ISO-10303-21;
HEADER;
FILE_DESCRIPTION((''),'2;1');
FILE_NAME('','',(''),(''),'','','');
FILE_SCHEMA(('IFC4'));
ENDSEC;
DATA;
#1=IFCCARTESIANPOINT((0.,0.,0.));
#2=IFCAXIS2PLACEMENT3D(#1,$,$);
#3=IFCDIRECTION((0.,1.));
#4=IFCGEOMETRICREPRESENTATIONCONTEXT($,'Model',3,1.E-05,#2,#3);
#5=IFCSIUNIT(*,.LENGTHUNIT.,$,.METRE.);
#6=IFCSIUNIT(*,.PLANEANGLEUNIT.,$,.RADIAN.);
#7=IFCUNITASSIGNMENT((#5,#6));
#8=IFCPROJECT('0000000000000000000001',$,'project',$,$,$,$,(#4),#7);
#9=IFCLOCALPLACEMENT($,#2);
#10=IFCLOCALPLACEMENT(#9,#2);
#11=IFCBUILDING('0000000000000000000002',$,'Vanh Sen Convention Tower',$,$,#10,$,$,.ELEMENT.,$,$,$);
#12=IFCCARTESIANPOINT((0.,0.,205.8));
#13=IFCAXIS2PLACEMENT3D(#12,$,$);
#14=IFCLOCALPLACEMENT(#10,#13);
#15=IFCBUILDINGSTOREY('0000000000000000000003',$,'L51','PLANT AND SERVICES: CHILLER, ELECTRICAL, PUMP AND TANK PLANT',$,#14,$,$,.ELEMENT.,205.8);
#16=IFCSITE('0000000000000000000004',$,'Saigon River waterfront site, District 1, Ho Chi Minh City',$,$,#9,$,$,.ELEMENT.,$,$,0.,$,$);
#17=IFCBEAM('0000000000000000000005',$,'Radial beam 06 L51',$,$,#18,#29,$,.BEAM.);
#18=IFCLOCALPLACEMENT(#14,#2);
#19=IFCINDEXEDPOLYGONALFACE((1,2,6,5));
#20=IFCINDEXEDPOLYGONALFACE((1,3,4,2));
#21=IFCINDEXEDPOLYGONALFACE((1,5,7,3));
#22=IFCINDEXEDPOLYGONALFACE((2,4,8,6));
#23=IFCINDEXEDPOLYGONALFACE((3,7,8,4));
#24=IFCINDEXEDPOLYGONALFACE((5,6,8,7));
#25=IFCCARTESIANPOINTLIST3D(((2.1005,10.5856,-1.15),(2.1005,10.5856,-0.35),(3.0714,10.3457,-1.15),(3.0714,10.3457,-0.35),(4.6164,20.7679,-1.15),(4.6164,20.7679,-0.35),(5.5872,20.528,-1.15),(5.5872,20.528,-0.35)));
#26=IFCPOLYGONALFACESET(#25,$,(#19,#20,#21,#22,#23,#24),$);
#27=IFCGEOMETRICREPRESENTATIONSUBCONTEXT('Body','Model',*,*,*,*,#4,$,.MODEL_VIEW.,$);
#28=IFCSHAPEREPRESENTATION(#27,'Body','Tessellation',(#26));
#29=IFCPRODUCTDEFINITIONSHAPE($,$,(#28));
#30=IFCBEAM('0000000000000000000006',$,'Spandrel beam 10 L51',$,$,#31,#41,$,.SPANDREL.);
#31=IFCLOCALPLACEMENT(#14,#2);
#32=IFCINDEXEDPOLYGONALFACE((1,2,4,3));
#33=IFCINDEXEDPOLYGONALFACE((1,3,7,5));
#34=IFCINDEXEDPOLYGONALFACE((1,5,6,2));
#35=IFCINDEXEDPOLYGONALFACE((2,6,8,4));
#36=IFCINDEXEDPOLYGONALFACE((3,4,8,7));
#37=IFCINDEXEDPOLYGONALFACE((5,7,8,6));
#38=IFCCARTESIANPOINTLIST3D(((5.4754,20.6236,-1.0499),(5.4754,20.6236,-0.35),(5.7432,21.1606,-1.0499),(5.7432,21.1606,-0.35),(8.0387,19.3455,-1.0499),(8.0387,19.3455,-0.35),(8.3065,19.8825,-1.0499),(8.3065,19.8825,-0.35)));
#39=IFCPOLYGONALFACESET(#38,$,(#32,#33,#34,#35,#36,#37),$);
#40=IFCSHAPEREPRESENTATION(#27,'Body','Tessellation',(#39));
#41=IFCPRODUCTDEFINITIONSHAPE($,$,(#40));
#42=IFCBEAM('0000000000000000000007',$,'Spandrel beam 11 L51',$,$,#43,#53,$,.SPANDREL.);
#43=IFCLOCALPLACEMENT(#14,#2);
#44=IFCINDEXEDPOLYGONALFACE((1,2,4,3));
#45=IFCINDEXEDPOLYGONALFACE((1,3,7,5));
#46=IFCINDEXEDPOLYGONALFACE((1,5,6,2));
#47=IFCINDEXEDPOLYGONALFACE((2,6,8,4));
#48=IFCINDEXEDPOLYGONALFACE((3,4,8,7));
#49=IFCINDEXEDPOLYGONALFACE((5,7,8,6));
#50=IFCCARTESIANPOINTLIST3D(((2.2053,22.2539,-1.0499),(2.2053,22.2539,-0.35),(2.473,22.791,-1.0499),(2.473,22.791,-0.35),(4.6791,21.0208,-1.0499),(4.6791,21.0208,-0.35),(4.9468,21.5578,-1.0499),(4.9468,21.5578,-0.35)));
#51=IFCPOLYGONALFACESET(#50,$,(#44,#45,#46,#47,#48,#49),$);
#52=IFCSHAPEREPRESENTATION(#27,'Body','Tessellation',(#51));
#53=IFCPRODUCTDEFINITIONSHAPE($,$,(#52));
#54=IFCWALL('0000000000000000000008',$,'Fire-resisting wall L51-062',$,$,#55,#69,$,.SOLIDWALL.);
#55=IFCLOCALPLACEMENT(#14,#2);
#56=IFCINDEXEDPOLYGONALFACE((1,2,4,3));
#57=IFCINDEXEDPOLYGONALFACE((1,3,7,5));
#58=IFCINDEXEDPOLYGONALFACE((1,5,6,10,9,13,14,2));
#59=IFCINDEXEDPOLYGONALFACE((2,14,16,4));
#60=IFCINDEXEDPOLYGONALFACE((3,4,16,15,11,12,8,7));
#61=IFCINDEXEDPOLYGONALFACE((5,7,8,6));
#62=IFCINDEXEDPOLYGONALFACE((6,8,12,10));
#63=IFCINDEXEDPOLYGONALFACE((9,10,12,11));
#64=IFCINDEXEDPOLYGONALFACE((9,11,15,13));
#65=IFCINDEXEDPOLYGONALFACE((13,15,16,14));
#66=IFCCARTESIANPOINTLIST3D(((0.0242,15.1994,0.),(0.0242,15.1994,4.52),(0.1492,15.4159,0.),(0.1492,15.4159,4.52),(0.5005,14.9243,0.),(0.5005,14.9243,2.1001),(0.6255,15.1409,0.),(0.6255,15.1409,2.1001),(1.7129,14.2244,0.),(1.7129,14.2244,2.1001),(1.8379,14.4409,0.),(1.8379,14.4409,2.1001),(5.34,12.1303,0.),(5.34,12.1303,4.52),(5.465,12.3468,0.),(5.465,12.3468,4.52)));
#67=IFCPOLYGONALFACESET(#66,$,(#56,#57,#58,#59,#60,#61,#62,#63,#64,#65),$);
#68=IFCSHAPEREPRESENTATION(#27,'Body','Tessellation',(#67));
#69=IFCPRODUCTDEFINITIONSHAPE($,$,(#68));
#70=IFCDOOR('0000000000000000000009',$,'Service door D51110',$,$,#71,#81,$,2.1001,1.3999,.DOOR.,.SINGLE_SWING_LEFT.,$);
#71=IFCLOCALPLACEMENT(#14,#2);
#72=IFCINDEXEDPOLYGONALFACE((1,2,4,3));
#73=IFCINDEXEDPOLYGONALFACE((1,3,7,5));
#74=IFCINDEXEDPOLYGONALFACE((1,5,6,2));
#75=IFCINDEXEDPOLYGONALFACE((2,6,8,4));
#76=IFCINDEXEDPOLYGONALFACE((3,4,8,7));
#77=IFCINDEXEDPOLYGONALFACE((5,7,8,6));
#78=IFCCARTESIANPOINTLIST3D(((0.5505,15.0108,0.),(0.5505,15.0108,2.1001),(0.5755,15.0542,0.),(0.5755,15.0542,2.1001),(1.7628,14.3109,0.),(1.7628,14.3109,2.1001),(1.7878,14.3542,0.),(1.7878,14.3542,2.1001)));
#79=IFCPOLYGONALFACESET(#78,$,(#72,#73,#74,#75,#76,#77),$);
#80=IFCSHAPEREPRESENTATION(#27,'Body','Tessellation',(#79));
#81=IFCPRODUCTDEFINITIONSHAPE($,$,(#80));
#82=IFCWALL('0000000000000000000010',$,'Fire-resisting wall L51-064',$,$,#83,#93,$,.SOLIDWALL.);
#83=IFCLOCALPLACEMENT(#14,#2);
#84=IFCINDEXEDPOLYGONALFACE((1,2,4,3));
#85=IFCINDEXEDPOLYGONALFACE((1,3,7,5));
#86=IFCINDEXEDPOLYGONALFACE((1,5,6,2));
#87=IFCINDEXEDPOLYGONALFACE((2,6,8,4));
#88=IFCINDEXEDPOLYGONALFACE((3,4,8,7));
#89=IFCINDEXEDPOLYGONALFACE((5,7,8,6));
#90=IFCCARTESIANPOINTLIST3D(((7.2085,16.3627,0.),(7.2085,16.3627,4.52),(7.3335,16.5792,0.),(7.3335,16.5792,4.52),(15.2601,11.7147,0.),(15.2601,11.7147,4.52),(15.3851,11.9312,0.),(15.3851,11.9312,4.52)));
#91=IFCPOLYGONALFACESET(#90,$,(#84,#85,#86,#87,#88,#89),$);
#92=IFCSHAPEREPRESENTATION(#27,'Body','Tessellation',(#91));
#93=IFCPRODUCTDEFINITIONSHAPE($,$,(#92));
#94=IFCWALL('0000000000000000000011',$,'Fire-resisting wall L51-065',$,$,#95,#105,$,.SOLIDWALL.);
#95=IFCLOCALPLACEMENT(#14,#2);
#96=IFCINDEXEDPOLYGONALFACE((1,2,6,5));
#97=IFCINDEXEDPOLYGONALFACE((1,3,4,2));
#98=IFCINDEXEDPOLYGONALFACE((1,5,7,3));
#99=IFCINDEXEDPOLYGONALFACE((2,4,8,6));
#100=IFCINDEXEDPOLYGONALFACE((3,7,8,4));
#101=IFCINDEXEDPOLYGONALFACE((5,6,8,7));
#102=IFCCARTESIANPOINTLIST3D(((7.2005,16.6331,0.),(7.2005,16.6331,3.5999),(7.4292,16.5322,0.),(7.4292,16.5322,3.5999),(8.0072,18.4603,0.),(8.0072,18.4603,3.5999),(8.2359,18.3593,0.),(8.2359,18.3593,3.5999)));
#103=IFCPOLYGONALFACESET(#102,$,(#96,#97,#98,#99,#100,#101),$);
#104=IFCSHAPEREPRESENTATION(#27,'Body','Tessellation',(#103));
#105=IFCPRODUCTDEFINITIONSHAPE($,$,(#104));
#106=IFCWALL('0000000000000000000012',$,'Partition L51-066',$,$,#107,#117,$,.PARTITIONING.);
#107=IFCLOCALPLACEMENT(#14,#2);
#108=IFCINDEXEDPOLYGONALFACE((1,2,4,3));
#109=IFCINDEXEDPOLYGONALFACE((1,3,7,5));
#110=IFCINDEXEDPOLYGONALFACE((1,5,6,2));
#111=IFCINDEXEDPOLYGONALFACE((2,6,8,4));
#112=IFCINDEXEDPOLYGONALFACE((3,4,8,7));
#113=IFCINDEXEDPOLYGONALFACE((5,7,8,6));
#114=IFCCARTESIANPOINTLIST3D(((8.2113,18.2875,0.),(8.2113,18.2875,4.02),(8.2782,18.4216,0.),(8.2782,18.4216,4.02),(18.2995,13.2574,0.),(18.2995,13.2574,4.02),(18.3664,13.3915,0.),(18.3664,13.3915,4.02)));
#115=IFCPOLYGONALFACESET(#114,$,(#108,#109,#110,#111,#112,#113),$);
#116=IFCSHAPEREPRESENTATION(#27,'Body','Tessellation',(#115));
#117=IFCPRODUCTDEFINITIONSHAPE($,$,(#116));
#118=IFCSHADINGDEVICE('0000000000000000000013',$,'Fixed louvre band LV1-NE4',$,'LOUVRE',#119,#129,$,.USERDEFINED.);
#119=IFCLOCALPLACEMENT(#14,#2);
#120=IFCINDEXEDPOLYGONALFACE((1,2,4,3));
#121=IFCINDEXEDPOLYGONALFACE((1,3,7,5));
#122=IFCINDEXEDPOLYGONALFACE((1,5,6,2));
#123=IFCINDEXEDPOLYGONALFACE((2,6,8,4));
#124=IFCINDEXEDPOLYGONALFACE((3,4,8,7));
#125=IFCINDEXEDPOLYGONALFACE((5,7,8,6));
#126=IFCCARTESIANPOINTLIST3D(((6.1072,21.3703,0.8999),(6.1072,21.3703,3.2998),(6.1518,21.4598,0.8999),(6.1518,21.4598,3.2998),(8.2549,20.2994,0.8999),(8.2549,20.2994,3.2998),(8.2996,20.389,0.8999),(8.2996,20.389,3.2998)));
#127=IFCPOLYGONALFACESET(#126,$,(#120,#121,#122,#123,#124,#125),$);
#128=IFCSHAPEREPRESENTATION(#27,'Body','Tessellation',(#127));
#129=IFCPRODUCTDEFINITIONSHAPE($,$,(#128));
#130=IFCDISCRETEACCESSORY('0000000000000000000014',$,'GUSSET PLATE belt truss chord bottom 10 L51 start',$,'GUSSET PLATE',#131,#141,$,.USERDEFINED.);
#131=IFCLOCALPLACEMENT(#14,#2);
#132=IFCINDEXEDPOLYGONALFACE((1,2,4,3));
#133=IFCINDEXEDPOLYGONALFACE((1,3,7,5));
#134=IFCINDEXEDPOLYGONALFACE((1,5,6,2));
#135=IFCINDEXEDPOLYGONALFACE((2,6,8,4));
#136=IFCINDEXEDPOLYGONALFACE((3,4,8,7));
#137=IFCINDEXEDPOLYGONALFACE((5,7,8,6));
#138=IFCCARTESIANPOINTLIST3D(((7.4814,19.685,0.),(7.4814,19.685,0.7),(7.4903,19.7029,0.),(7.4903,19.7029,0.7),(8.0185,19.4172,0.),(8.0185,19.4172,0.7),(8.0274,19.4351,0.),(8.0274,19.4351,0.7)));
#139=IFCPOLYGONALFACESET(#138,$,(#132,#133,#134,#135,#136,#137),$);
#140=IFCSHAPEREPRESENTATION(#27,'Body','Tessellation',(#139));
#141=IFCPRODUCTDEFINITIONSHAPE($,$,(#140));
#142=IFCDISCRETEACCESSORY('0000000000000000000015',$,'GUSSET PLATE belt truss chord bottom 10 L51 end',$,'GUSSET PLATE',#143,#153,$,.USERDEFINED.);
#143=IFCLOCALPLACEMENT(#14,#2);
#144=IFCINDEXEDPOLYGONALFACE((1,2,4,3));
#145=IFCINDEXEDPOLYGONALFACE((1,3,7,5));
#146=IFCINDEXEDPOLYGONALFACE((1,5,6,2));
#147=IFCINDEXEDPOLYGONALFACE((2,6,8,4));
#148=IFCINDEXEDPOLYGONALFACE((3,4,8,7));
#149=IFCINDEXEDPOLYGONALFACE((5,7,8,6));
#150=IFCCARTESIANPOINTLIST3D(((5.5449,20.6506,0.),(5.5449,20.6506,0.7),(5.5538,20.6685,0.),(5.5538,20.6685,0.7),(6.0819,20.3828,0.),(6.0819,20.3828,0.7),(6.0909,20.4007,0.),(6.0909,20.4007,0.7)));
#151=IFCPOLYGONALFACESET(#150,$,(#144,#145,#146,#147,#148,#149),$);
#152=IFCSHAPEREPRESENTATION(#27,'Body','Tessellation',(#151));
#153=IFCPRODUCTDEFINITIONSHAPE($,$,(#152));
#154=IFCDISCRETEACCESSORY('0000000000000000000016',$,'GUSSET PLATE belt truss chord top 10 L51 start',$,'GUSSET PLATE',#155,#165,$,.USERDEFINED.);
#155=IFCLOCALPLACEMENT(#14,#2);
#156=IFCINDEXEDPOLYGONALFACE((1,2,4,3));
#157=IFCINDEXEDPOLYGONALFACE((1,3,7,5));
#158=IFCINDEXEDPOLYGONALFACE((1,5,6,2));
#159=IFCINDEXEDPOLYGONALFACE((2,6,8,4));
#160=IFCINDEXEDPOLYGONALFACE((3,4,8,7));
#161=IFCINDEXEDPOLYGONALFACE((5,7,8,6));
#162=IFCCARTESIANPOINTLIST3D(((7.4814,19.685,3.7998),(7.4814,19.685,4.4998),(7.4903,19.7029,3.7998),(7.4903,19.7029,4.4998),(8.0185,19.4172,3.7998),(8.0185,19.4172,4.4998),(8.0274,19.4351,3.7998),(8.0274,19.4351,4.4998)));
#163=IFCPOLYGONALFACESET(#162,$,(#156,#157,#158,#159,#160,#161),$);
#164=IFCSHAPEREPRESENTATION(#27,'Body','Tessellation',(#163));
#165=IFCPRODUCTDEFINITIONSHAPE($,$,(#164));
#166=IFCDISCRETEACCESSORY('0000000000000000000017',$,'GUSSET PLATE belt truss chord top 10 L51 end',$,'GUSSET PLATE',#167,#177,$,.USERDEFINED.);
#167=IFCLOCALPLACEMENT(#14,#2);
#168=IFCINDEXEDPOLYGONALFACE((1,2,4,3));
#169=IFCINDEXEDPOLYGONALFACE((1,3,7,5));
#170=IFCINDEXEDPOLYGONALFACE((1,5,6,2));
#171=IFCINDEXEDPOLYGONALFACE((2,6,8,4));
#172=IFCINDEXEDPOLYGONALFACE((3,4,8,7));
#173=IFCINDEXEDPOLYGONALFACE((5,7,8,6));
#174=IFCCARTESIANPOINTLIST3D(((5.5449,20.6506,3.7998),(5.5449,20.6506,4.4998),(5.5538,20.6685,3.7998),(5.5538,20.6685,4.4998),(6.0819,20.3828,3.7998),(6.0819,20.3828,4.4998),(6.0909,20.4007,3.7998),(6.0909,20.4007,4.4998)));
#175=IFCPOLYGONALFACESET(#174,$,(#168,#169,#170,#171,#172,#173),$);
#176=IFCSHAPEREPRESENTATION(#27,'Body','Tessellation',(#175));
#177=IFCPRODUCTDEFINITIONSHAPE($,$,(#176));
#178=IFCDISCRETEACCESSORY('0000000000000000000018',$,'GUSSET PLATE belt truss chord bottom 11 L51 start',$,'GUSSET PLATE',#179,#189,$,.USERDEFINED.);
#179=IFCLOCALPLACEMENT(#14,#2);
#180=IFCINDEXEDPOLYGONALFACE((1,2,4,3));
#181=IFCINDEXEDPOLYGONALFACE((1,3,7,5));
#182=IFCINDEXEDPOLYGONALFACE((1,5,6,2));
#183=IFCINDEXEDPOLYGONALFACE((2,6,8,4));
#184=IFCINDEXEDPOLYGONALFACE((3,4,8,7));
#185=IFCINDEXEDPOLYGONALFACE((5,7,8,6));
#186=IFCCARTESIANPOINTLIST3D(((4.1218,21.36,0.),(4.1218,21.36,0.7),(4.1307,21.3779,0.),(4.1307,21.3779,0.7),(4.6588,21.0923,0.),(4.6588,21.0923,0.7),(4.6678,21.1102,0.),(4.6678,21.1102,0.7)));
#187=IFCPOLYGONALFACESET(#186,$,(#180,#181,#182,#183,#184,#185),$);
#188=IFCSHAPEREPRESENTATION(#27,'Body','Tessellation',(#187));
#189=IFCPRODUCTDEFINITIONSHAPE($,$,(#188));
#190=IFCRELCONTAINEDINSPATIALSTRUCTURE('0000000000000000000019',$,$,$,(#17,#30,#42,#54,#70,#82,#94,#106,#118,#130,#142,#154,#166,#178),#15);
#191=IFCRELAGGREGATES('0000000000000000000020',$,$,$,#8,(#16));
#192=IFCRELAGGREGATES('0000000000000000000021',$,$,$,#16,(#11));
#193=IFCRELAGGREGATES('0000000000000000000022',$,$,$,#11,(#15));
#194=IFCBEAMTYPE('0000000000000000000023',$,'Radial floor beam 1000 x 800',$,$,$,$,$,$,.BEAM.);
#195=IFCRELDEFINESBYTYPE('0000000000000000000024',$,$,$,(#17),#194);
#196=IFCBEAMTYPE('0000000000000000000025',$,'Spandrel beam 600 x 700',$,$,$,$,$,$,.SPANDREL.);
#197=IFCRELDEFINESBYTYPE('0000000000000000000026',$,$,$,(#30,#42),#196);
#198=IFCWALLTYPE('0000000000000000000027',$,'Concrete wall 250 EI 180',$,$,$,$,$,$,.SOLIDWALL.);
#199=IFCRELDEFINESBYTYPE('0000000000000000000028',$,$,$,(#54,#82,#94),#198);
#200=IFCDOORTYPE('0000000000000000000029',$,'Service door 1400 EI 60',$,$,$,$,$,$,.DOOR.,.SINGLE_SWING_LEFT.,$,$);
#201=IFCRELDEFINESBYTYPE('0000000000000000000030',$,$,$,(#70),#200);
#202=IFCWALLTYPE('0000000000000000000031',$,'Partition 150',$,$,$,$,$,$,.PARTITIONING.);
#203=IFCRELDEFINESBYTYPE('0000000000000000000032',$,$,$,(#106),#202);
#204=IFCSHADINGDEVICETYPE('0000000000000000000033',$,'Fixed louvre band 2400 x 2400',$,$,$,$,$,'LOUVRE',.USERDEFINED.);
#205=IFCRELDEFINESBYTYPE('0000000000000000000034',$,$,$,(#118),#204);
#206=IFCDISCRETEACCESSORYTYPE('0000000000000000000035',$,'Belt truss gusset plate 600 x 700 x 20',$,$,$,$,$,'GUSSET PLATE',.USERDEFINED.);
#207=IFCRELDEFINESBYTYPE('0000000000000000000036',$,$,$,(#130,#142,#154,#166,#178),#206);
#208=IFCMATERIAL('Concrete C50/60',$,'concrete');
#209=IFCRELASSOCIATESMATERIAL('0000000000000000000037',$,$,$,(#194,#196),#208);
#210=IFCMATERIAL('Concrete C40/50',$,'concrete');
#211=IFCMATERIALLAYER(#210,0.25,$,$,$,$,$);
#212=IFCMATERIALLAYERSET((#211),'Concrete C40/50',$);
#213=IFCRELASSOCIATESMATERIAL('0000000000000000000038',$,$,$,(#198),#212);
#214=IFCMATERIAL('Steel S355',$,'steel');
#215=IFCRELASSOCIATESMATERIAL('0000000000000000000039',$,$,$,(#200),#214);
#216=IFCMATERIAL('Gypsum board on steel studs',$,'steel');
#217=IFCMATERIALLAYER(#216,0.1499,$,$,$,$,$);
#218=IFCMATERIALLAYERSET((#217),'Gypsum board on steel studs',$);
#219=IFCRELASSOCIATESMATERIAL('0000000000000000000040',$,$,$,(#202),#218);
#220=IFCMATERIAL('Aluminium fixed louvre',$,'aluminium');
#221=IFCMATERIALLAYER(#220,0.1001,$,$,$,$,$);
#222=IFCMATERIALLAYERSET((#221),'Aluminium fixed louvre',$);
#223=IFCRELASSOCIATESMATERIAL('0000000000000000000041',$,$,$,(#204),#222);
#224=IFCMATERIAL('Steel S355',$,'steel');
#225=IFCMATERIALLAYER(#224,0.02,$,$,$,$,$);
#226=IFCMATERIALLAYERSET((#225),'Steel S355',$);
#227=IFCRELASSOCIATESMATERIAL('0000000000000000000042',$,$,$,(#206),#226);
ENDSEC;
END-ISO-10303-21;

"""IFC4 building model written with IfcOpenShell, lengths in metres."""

from ifc_helpers import new_model, si_unit, direction, frame, frame_2d, origin, origin_2d, place, context, subcontext, project, spatial, rectangle, extrude, material, layer, layer_set, material_profile, profile_set, type_object, element, fill, save


model = new_model("IFC4")

# Units and contexts
model_context = context("Model", 3, precision=1e-05, world=origin(), true_north=direction((0.0, 1.0)))
body_context = subcontext(model_context, "Body", "Model", "MODEL_VIEW")
ifc_project = project(units=[si_unit("LENGTHUNIT", "METRE"), si_unit("PLANEANGLEUNIT", "RADIAN")], contexts=[model_context])

# Site, building, storey
site_placement = place(None, origin())
site = spatial("IfcSite", under=ifc_project, at=site_placement, Name="Saigon River waterfront site, District 1, Ho Chi Minh City", CompositionType="ELEMENT", RefElevation=0.0)
building_placement = place(site_placement, origin())
building = spatial("IfcBuilding", under=site, at=building_placement, Name="Vanh Sen Convention Tower", CompositionType="ELEMENT")
storey_placement = place(building_placement, frame((0.0, 0.0, 205.8)))
storey = spatial("IfcBuildingStorey", under=building, at=storey_placement, Name="L51", Description="PLANT AND SERVICES: CHILLER, ELECTRICAL, PUMP AND TANK PLANT", CompositionType="ELEMENT", Elevation=205.8)

# Shared definitions
ifc_material_1 = material(Name="Steel S355", Category="steel")

# Beams
ifc_material_2 = material(Name="Concrete C50/60", Category="concrete")
ifc_material_profile_1 = material_profile(ifc_material_2, rectangle(XDim=1.0, YDim=0.8, at=origin_2d()), Name="RC 1000X800")
ifc_profile_set_1 = profile_set([ifc_material_profile_1], Name="Concrete C50/60")
beam_type_1 = type_object("IfcBeamType", Name="Radial floor beam 1000 x 800", PredefinedType="BEAM", material=ifc_profile_set_1)
beam_1_placement = place(storey_placement, frame((5.1018, 20.6479, -0.75), z_axis=(-0.239867, -0.970806, 0.0), x_axis=(0.970806, -0.239867, 0.0)))
element("IfcBeam", 1, at=beam_1_placement, inside=storey, type_object=beam_type_1, Name="Radial beam 06 L51", PredefinedType="BEAM", context=body_context, shape_type="SweptSolid", body=[
    extrude(rectangle(XDim=1.0, YDim=0.8, at=origin_2d()), origin(), (0.0, 0.0, 1.0), 10.4885),
])
ifc_material_profile_2 = material_profile(ifc_material_2, rectangle(XDim=0.6001, YDim=0.7, at=origin_2d()), Name="RC 600X700")
ifc_profile_set_2 = profile_set([ifc_material_profile_2], Name="Concrete C50/60")
beam_type_2 = type_object("IfcBeamType", Name="Spandrel beam 600 x 700", PredefinedType="SPANDREL", material=ifc_profile_set_2)
beam_2_placement = place(storey_placement, frame((8.1726, 19.614, -0.7), z_axis=(-0.894921, 0.446225, 0.0), x_axis=(-0.446225, -0.894921, 0.0)))
element("IfcBeam", 2, at=beam_2_placement, inside=storey, type_object=beam_type_2, Name="Spandrel beam 10 L51", PredefinedType="SPANDREL", context=body_context, shape_type="SweptSolid", body=[
    extrude(rectangle(XDim=0.6001, YDim=0.7, at=origin_2d()), origin(), (0.0, 0.0, 1.0), 2.8643),
])
beam_3_placement = place(storey_placement, frame((4.813, 21.2893, -0.7), z_axis=(-0.894974, 0.446118, 0.0), x_axis=(-0.446118, -0.894974, 0.0)))
element("IfcBeam", 3, at=beam_3_placement, inside=storey, type_object=beam_type_2, Name="Spandrel beam 11 L51", PredefinedType="SPANDREL", context=body_context, shape_type="SweptSolid", body=[
    extrude(rectangle(XDim=0.6001, YDim=0.7, at=origin_2d()), origin(), (0.0, 0.0, 1.0), 2.7642),
])

# Wall, opening, door
ifc_material_3 = material(Name="Concrete C40/50", Category="concrete")
ifc_layer_1 = layer(ifc_material_3, 0.25)
ifc_layer_set_1 = layer_set([ifc_layer_1], Name="Concrete C40/50")
wall_type_1 = type_object("IfcWallType", Name="Concrete wall 250 EI 180", PredefinedType="SOLIDWALL", material=ifc_layer_set_1)
wall_1_placement = place(storey_placement, frame((0.0867, 15.3076, 0.0), z_axis=(0.0, 0.0, 1.0), x_axis=(0.866029, -0.499993, 0.0)))
wall_1 = element("IfcWall", 4, at=wall_1_placement, inside=storey, type_object=wall_type_1, Name="Fire-resisting wall L51-062", PredefinedType="SOLIDWALL", context=body_context, shape_type="SweptSolid", body=[
    extrude(rectangle(XDim=6.1382, YDim=0.25, at=frame_2d((3.0691, 0.0))), origin(), (0.0, 0.0, 1.0), 4.52),
])
opening_placement = place(wall_1_placement, frame((0.55, 0.0, 0.0)))
opening = element("IfcOpeningElement", 5, at=opening_placement, cuts=wall_1, PredefinedType="OPENING", context=body_context, shape_type="SweptSolid", body=[
    extrude(rectangle(XDim=1.3999, YDim=2.1001, at=frame_2d((0.7, 1.05))), frame((0.0, 0.135, 0.0), z_axis=(0.0, -1.0, 0.0), x_axis=(1.0, 0.0, 0.0)), (0.0, 0.0, 1.0), 0.27),
])
ifc_material_4 = material(Name="Steel S355", Category="steel")
door_type = type_object("IfcDoorType", Name="Service door 1400 EI 60", OperationType="SINGLE_SWING_LEFT", PredefinedType="DOOR", material=ifc_material_4)
door_placement = place(opening_placement, origin())
door = element("IfcDoor", 6, at=door_placement, inside=storey, type_object=door_type, Name="Service door D51110", OperationType="SINGLE_SWING_LEFT", OverallHeight=2.1001, OverallWidth=1.3999, PredefinedType="DOOR", context=body_context, shape_type="SweptSolid", body=[
    extrude(rectangle(XDim=1.3999, YDim=2.1001, at=frame_2d((0.7, 1.05))), frame((0.0, 0.0249, 0.0), z_axis=(0.0, -1.0, 0.0), x_axis=(1.0, 0.0, 0.0)), (0.0, 0.0, 1.0), 0.05),
])
fill(opening, door)

# Walls
wall_2_placement = place(storey_placement, frame((7.271, 16.4709, 0.0), z_axis=(0.0, 0.0, 1.0), x_axis=(0.866053, -0.499952, 0.0)))
element("IfcWall", 7, at=wall_2_placement, inside=storey, type_object=wall_type_1, Name="Fire-resisting wall L51-064", PredefinedType="SOLIDWALL", context=body_context, shape_type="SweptSolid", body=[
    extrude(rectangle(XDim=9.2969, YDim=0.25, at=frame_2d((4.6484, 0.0))), origin(), (0.0, 0.0, 1.0), 4.52),
])
wall_3_placement = place(storey_placement, frame((7.3149, 16.5828, 0.0), z_axis=(0.0, 0.0, 1.0), x_axis=(0.403869, 0.914817, 0.0)))
element("IfcWall", 8, at=wall_3_placement, inside=storey, type_object=wall_type_1, Name="Fire-resisting wall L51-065", PredefinedType="SOLIDWALL", context=body_context, shape_type="SweptSolid", body=[
    extrude(rectangle(XDim=1.9973, YDim=0.25, at=frame_2d((0.9985, 0.0))), origin(), (0.0, 0.0, 1.0), 3.5999),
])
ifc_material_5 = material(Name="Gypsum board on steel studs", Category="steel")
ifc_layer_2 = layer(ifc_material_5, 0.1499)
ifc_layer_set_2 = layer_set([ifc_layer_2], Name="Gypsum board on steel studs")
wall_type_2 = type_object("IfcWallType", Name="Partition 150", PredefinedType="PARTITIONING", material=ifc_layer_set_2)
wall_4_placement = place(storey_placement, frame((8.2449, 18.3545, 0.0), z_axis=(0.0, 0.0, 1.0), x_axis=(0.894925, -0.446217, 0.0)))
element("IfcWall", 9, at=wall_4_placement, inside=storey, type_object=wall_type_2, Name="Partition L51-066", PredefinedType="PARTITIONING", context=body_context, shape_type="SweptSolid", body=[
    extrude(rectangle(XDim=11.2727, YDim=0.1499, at=frame_2d((5.6362, 0.0))), origin(), (0.0, 0.0, 1.0), 4.02),
])

# Shading device
ifc_material_6 = material(Name="Aluminium fixed louvre", Category="aluminium")
ifc_layer_3 = layer(ifc_material_6, 0.1001)
ifc_layer_set_3 = layer_set([ifc_layer_3], Name="Aluminium fixed louvre")
shading_device_type = type_object("IfcShadingDeviceType", Name="Fixed louvre band 2400 x 2400", ElementType="LOUVRE", PredefinedType="USERDEFINED", material=ifc_layer_set_3)
shading_device_placement = place(storey_placement, frame((7.2034, 20.8796, 0.8999), z_axis=(0.0, 0.0, 1.0), x_axis=(-0.894936, 0.446195, 0.0)))
element("IfcShadingDevice", 10, at=shading_device_placement, inside=storey, type_object=shading_device_type, Name="Fixed louvre band LV1-NE4", ObjectType="LOUVRE", PredefinedType="USERDEFINED", context=body_context, shape_type="SweptSolid", body=[
    extrude(rectangle(XDim=2.3999, YDim=0.1001, at=origin_2d()), origin(), (0.0, 0.0, 1.0), 2.3999),
])

# Discrete accessories
ifc_layer_4 = layer(ifc_material_1, 0.02)
ifc_layer_set_4 = layer_set([ifc_layer_4], Name="Steel S355")
discrete_accessory_type = type_object("IfcDiscreteAccessoryType", Name="Belt truss gusset plate 600 x 700 x 20", ElementType="GUSSET PLATE", PredefinedType="USERDEFINED", material=ifc_layer_set_4)
for number, where, z_axis, x_axis, name in (
    (11, (7.7544, 19.5601, 0.0), (0.0, 0.0, 1.0), (-0.894933, 0.446201, 0.0), "GUSSET PLATE belt truss chord bottom 10 L51 start"),
    (12, (5.8179, 20.5256, 0.0), (0.0, 0.0, 1.0), (0.894933, -0.446201, 0.0), "GUSSET PLATE belt truss chord bottom 10 L51 end"),
    (13, (7.7544, 19.5601, 3.7998), (0.0, 0.0, 1.0), (-0.894933, 0.446201, 0.0), "GUSSET PLATE belt truss chord top 10 L51 start"),
    (14, (5.8179, 20.5256, 3.7998), (0.0, 0.0, 1.0), (0.894933, -0.446201, 0.0), "GUSSET PLATE belt truss chord top 10 L51 end"),
    (15, (4.3948, 21.2351, 0.0), (0.0, 0.0, 1.0), (-0.894944, 0.446179, 0.0), "GUSSET PLATE belt truss chord bottom 11 L51 start"),
):
    element("IfcDiscreteAccessory", number, at=place(storey_placement, frame(where, z_axis=z_axis, x_axis=x_axis)), inside=storey, type_object=discrete_accessory_type, Name=name, ObjectType="GUSSET PLATE", PredefinedType="USERDEFINED", context=body_context, shape_type="SweptSolid", body=[
        extrude(rectangle(XDim=0.6001, YDim=0.02, at=origin_2d()), origin(), (0.0, 0.0, 1.0), 0.7),
    ])

save(model, "model.ifc")
